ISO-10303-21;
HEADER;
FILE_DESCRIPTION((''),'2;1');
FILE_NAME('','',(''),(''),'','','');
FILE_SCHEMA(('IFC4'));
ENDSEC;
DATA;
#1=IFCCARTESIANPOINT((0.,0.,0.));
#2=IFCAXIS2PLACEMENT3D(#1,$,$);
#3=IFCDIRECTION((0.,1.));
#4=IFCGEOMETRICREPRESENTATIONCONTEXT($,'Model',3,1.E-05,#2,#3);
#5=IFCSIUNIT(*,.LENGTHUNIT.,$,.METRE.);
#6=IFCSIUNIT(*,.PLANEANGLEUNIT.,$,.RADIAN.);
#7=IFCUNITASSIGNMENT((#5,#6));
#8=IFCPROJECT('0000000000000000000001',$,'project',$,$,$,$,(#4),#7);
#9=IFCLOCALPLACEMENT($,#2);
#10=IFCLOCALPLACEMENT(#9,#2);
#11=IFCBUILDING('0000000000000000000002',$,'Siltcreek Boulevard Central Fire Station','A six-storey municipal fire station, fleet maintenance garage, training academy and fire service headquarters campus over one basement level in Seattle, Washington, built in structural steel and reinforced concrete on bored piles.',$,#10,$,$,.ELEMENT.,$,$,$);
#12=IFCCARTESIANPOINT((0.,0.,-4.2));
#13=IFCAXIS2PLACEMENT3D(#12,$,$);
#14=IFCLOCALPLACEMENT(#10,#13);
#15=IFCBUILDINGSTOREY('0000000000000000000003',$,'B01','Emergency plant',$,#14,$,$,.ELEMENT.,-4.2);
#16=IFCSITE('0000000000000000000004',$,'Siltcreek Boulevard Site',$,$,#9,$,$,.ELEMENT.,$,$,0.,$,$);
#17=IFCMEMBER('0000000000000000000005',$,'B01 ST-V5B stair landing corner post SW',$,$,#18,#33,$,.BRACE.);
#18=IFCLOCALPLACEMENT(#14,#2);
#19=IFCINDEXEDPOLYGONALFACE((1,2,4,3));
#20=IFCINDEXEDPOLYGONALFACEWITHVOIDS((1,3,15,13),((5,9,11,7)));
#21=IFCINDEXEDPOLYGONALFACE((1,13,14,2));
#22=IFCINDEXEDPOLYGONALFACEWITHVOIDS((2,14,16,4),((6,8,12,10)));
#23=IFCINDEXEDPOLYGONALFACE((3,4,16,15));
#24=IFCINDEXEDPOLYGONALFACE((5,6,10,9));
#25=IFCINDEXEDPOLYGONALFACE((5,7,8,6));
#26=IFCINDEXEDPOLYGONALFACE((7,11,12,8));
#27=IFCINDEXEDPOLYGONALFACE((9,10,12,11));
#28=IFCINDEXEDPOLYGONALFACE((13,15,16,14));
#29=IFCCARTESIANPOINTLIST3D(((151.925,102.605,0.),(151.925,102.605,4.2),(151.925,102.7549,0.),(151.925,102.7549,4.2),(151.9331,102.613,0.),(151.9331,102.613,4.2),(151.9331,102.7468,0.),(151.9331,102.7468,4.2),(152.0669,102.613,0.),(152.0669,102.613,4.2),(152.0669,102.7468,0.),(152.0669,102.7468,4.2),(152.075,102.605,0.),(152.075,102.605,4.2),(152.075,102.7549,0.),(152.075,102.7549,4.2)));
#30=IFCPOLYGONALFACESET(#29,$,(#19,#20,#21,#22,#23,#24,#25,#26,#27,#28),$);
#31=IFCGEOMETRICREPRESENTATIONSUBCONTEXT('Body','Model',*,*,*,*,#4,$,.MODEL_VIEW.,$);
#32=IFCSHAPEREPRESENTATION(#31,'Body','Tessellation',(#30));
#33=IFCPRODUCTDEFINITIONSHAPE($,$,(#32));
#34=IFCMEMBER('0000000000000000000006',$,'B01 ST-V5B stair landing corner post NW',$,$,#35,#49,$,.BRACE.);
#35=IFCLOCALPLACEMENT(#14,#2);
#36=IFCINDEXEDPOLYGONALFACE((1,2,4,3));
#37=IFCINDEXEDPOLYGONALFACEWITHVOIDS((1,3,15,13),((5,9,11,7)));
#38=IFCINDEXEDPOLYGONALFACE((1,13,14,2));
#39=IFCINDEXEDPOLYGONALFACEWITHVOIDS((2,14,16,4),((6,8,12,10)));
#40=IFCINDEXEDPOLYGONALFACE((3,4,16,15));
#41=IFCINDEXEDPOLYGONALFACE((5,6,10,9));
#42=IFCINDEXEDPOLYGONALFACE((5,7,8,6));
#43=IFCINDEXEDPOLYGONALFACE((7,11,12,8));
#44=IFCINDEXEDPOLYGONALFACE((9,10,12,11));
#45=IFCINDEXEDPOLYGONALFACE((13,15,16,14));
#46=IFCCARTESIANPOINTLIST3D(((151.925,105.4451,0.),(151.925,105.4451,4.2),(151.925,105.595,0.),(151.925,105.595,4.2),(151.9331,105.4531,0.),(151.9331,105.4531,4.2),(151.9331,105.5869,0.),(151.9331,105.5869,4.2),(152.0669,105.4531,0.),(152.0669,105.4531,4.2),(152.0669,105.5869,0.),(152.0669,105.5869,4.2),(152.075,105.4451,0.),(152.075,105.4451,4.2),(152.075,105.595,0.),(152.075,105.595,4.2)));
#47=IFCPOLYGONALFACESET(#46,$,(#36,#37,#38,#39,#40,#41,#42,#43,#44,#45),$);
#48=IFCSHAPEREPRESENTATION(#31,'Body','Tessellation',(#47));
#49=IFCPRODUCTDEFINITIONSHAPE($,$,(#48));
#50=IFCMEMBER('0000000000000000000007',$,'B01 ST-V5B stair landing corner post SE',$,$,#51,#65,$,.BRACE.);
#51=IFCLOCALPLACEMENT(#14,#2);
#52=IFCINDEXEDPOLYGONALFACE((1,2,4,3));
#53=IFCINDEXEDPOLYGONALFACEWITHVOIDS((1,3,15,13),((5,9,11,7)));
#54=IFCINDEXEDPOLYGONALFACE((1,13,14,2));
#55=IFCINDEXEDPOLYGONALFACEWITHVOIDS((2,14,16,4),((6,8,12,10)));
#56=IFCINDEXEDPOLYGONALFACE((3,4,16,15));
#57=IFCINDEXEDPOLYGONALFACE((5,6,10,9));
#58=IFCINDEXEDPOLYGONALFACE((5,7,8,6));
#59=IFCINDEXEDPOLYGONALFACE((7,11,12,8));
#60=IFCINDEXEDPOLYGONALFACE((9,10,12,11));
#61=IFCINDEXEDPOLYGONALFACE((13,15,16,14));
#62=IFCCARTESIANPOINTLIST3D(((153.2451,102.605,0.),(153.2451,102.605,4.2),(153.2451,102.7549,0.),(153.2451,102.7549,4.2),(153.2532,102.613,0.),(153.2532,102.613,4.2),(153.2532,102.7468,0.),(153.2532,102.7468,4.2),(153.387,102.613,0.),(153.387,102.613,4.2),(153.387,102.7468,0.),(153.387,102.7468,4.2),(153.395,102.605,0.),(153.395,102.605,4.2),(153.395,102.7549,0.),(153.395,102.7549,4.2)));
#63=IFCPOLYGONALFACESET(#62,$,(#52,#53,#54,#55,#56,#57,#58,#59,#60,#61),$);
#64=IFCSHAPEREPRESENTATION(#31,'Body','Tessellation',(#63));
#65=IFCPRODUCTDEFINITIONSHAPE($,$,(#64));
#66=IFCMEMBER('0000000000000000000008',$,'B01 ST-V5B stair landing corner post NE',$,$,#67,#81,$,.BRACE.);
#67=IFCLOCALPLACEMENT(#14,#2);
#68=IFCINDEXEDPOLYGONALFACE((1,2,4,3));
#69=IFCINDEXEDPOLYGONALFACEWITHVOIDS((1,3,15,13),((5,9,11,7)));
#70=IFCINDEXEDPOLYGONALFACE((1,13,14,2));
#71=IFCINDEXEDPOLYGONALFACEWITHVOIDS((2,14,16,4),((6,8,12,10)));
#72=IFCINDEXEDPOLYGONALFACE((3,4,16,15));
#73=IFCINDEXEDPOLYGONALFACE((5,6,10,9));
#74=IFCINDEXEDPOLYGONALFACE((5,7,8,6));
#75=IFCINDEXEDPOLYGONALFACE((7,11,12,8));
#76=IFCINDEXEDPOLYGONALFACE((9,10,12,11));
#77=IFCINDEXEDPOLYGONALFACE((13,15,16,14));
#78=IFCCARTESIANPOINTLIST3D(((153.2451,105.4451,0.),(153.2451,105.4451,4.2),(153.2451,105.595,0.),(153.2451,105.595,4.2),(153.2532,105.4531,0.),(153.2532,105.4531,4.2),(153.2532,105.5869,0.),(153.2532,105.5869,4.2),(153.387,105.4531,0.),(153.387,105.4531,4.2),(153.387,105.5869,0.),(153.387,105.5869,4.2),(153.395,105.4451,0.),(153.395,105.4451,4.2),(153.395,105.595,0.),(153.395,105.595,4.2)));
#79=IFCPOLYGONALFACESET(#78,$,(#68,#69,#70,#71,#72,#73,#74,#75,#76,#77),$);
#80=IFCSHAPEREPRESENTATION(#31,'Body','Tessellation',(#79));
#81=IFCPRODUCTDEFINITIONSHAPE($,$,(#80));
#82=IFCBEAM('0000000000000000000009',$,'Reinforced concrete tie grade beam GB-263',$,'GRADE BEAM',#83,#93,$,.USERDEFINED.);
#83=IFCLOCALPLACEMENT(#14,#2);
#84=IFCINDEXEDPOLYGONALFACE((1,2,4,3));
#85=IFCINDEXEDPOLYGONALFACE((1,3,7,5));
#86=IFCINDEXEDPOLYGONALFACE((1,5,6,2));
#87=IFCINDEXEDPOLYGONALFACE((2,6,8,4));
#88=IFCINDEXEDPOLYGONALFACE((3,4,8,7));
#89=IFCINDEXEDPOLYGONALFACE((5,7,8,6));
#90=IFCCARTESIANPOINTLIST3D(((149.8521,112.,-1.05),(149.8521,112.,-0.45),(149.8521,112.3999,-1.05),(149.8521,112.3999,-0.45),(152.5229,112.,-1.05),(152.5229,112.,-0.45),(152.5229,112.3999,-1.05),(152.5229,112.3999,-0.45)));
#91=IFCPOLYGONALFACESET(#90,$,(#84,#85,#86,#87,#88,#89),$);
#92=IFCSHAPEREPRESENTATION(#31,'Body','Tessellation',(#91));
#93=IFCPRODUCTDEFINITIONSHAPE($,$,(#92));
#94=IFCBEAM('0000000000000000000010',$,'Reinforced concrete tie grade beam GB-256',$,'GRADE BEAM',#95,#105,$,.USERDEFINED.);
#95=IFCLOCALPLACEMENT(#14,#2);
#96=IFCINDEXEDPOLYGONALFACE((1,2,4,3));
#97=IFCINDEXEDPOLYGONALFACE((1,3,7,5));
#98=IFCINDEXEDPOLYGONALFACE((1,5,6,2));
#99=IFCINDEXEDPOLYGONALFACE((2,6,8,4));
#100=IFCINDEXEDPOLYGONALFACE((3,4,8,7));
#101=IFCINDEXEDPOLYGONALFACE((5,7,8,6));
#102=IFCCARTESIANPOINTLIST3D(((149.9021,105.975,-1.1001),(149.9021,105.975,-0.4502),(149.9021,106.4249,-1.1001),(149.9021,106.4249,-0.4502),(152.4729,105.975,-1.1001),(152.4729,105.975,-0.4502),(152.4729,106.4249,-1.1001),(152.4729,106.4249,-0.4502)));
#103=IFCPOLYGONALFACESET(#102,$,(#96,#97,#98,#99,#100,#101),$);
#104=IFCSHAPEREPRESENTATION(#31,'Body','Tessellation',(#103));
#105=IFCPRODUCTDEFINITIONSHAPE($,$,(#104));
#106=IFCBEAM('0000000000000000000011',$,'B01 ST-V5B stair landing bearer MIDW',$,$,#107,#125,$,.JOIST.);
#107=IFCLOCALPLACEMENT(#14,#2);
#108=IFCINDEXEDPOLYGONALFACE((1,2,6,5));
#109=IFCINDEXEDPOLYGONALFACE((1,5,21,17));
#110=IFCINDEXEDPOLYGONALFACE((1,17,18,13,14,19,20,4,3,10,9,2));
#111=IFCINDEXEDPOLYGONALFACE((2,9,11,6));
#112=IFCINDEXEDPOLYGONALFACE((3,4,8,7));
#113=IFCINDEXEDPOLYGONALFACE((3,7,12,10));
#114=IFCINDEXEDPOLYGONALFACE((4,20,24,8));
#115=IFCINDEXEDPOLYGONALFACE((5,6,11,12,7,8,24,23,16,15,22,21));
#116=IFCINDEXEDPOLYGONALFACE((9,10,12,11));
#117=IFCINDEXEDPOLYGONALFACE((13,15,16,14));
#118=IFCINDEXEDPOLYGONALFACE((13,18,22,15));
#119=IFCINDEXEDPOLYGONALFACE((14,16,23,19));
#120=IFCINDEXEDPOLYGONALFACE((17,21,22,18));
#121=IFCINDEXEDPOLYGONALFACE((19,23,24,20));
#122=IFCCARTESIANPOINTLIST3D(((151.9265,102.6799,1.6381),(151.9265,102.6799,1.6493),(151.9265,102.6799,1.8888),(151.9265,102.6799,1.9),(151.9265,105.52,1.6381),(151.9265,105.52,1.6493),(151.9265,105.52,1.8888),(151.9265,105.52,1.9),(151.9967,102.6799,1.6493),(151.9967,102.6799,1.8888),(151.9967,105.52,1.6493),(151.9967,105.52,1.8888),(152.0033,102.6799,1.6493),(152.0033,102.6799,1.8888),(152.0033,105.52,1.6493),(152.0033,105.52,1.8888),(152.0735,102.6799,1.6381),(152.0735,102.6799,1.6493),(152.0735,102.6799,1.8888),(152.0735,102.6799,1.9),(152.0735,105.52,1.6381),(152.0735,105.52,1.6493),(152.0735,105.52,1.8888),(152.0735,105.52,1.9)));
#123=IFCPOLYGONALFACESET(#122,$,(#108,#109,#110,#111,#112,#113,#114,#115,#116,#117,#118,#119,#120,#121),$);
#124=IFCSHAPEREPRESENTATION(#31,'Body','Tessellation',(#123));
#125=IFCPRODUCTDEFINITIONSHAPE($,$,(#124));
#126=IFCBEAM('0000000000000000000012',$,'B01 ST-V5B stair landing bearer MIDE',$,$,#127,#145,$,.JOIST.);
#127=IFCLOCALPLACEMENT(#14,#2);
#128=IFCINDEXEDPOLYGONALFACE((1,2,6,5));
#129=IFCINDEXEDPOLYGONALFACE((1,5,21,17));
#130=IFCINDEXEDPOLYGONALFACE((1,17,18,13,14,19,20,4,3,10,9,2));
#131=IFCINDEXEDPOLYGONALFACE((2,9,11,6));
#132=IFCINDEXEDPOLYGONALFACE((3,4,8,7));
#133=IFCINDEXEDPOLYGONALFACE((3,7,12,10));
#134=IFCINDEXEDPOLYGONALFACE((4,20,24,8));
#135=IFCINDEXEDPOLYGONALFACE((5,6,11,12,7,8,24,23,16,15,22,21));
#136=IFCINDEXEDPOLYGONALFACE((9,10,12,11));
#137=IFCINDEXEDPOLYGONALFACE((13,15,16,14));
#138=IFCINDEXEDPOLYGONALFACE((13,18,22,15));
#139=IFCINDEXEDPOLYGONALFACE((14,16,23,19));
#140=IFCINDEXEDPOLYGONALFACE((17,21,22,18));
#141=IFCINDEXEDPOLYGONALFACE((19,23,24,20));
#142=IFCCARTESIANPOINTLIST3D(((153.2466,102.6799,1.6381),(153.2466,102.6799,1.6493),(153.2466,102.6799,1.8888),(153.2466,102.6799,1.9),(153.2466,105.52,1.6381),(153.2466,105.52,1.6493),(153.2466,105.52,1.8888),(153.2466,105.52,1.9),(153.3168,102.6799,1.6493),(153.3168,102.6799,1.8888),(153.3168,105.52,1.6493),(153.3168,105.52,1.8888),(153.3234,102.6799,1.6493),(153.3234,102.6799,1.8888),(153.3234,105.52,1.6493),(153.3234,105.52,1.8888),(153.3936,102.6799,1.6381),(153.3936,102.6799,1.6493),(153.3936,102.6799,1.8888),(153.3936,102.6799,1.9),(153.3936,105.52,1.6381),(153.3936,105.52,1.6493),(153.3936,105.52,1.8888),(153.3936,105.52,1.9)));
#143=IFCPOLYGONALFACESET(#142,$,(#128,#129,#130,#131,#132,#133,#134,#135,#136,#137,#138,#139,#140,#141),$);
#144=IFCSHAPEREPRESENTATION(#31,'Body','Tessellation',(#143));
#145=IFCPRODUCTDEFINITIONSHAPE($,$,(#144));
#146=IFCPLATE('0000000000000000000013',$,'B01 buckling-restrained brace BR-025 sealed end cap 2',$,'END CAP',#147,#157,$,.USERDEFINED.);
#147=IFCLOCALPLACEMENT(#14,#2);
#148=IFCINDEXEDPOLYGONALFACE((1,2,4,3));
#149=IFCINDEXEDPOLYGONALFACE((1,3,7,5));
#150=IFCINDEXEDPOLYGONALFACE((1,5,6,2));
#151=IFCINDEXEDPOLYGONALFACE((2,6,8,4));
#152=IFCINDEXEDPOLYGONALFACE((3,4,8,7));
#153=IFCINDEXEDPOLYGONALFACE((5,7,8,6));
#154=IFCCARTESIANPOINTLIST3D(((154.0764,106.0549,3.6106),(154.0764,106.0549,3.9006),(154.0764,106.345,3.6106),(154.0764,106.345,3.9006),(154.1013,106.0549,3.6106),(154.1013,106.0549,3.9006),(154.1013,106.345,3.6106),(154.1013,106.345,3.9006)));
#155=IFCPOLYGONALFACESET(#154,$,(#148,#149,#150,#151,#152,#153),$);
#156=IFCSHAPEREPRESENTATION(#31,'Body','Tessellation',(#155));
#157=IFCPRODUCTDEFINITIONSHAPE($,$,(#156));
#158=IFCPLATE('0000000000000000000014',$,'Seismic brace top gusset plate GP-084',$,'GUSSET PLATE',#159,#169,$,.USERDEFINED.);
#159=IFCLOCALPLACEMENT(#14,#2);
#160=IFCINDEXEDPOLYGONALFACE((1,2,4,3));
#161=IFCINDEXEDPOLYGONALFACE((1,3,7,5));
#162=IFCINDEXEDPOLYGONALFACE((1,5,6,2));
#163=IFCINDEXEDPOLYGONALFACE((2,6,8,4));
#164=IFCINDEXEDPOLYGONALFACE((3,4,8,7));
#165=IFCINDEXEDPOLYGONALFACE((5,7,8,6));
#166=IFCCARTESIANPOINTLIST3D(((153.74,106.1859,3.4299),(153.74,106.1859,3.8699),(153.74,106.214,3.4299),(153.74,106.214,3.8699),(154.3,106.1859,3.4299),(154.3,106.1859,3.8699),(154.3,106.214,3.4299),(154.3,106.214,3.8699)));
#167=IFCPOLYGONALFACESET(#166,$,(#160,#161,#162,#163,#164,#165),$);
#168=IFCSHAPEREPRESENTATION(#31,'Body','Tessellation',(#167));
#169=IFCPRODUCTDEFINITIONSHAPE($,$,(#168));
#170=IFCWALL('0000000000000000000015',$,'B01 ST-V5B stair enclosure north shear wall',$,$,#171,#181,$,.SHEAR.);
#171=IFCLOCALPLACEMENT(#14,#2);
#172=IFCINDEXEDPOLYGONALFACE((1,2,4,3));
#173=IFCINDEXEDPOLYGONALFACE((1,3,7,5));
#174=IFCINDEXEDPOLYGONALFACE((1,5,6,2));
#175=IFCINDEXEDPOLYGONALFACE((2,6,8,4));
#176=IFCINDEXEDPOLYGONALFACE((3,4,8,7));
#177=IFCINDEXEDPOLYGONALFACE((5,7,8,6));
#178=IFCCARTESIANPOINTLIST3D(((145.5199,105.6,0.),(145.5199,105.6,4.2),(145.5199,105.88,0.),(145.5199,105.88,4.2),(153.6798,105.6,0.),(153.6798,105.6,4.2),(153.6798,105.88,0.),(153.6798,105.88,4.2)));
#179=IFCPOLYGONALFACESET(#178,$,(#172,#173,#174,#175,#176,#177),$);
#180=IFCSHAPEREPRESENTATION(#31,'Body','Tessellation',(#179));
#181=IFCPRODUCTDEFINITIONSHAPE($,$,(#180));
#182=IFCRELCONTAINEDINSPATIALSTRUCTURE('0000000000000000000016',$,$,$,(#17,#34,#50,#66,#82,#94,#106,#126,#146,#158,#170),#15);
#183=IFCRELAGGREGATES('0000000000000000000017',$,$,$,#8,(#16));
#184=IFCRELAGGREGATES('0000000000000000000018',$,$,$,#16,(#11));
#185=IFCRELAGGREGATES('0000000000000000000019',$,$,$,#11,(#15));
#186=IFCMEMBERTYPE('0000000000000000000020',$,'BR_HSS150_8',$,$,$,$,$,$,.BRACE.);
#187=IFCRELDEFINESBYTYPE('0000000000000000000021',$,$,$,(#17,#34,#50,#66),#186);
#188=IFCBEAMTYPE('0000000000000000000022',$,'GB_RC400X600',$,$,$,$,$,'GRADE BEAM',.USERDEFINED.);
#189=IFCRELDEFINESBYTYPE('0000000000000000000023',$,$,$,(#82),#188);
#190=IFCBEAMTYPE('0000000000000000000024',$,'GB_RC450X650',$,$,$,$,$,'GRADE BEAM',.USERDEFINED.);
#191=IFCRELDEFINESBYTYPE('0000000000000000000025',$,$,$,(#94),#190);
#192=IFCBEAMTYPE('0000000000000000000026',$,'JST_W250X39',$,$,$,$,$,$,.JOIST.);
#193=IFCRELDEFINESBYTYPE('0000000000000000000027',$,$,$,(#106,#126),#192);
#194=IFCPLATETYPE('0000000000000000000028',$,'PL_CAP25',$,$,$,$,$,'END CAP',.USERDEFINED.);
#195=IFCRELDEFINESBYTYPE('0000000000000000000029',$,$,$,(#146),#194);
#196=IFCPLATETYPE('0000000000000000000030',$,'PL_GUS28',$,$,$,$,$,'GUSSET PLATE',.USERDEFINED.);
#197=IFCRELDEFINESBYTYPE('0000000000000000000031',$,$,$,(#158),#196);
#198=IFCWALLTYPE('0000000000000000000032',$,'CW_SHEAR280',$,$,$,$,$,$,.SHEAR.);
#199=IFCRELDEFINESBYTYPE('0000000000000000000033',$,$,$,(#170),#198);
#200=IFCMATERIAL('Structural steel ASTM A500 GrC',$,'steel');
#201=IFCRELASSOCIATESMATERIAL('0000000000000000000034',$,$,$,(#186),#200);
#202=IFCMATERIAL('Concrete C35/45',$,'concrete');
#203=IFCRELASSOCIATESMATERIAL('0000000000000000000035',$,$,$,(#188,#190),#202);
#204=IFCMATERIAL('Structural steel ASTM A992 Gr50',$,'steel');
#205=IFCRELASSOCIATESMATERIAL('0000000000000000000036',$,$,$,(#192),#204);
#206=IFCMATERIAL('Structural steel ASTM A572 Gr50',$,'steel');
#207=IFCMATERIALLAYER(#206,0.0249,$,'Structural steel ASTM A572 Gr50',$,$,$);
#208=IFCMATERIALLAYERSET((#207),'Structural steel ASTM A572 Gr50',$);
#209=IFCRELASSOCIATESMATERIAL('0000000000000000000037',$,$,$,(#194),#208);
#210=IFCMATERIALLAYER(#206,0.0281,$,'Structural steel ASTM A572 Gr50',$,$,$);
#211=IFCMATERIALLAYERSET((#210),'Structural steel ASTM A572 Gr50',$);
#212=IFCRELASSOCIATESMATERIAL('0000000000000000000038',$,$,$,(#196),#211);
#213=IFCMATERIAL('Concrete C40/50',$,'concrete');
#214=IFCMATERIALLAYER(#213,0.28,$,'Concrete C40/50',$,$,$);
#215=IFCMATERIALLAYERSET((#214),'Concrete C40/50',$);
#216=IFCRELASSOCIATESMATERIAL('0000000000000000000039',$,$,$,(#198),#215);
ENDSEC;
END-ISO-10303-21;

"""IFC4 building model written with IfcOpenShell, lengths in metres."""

from ifc_helpers import new_model, si_unit, direction, frame, frame_2d, origin, origin_2d, place, context, subcontext, project, spatial, rectangle, hollow_rectangle, i_section, extrude, material, layer, layer_set, material_profile, profile_set, type_object, element, save


model = new_model("IFC4")

# Units and contexts
model_context = context("Model", 3, precision=1e-05, world=origin(), true_north=direction((0.0, 1.0)))
body_context = subcontext(model_context, "Body", "Model", "MODEL_VIEW")
ifc_project = project(units=[si_unit("LENGTHUNIT", "METRE"), si_unit("PLANEANGLEUNIT", "RADIAN")], contexts=[model_context])

# Site, building, storey
site_placement = place(None, origin())
site = spatial("IfcSite", under=ifc_project, at=site_placement, Name="Siltcreek Boulevard Site", CompositionType="ELEMENT", RefElevation=0.0)
building_placement = place(site_placement, origin())
building = spatial("IfcBuilding", under=site, at=building_placement, Name="Siltcreek Boulevard Central Fire Station", Description="A six-storey municipal fire station, fleet maintenance garage, training academy and fire service headquarters campus over one basement level in Seattle, Washington, built in structural steel and reinforced concrete on bored piles.", CompositionType="ELEMENT")
storey_placement = place(building_placement, frame((0.0, 0.0, -4.2)))
storey = spatial("IfcBuildingStorey", under=building, at=storey_placement, Name="B01", Description="Emergency plant", CompositionType="ELEMENT", Elevation=-4.2)

# Shared definitions
ifc_material_1 = material(Name="Concrete C35/45", Category="concrete")

# Members
ifc_material_2 = material(Name="Structural steel ASTM A500 GrC", Category="steel")
ifc_material_profile_1 = material_profile(ifc_material_2, hollow_rectangle(XDim=0.1499, YDim=0.1499, WallThickness=0.0081, at=origin_2d()), Name="HSS150X150X8.0")
ifc_profile_set_1 = profile_set([ifc_material_profile_1], Name="Structural steel ASTM A500 GrC")
member_type = type_object("IfcMemberType", Name="BR_HSS150_8", PredefinedType="BRACE", material=ifc_profile_set_1)
for number, where, z_axis, x_axis, name in (
    (1, (152.0, 102.6799, 0.0), (0.0, 0.0, 1.0), (1.0, 0.0, 0.0), "B01 ST-V5B stair landing corner post SW"),
    (2, (152.0, 105.52, 0.0), (0.0, 0.0, 1.0), (1.0, 0.0, 0.0), "B01 ST-V5B stair landing corner post NW"),
    (3, (153.3201, 102.6799, 0.0), (0.0, 0.0, 1.0), (1.0, 0.0, 0.0), "B01 ST-V5B stair landing corner post SE"),
    (4, (153.3201, 105.52, 0.0), (0.0, 0.0, 1.0), (1.0, 0.0, 0.0), "B01 ST-V5B stair landing corner post NE"),
):
    element("IfcMember", number, at=place(storey_placement, frame(where, z_axis=z_axis, x_axis=x_axis)), inside=storey, type_object=member_type, Name=name, PredefinedType="BRACE", context=body_context, shape_type="SweptSolid", body=[
        extrude(hollow_rectangle(XDim=0.1499, YDim=0.1499, WallThickness=0.0081, at=origin_2d()), origin(), (0.0, 0.0, 1.0), 4.2),
    ])

# Beams
ifc_material_profile_2 = material_profile(ifc_material_1, rectangle(XDim=0.3999, YDim=0.6001, at=origin_2d()), Name="RC400X600")
ifc_profile_set_2 = profile_set([ifc_material_profile_2], Name="Concrete C35/45")
beam_type_1 = type_object("IfcBeamType", Name="GB_RC400X600", ElementType="GRADE BEAM", PredefinedType="USERDEFINED", material=ifc_profile_set_2)
beam_1_placement = place(storey_placement, frame((149.8521, 112.2, -0.75), z_axis=(1.0, 0.0, 0.0), x_axis=(0.0, 1.0, 0.0)))
element("IfcBeam", 5, at=beam_1_placement, inside=storey, type_object=beam_type_1, Name="Reinforced concrete tie grade beam GB-263", ObjectType="GRADE BEAM", PredefinedType="USERDEFINED", context=body_context, shape_type="SweptSolid", body=[
    extrude(rectangle(XDim=0.3999, YDim=0.6001, at=origin_2d()), origin(), (0.0, 0.0, 1.0), 2.6709),
])
ifc_material_profile_3 = material_profile(ifc_material_1, rectangle(XDim=0.45, YDim=0.6499, at=origin_2d()), Name="RC450X650")
ifc_profile_set_3 = profile_set([ifc_material_profile_3], Name="Concrete C35/45")
beam_type_2 = type_object("IfcBeamType", Name="GB_RC450X650", ElementType="GRADE BEAM", PredefinedType="USERDEFINED", material=ifc_profile_set_3)
beam_2_placement = place(storey_placement, frame((149.9021, 106.2, -0.7751), z_axis=(1.0, 0.0, 0.0), x_axis=(0.0, 1.0, 0.0)))
element("IfcBeam", 6, at=beam_2_placement, inside=storey, type_object=beam_type_2, Name="Reinforced concrete tie grade beam GB-256", ObjectType="GRADE BEAM", PredefinedType="USERDEFINED", context=body_context, shape_type="SweptSolid", body=[
    extrude(rectangle(XDim=0.45, YDim=0.6499, at=origin_2d()), origin(), (0.0, 0.0, 1.0), 2.5708),
])
ifc_material_3 = material(Name="Structural steel ASTM A992 Gr50", Category="steel")
ifc_material_profile_4 = material_profile(ifc_material_3, i_section(OverallWidth=0.147, OverallDepth=0.262, WebThickness=0.0066, FlangeThickness=0.0112, at=origin_2d()), Name="W250X39")
ifc_profile_set_4 = profile_set([ifc_material_profile_4], Name="Structural steel ASTM A992 Gr50")
beam_type_3 = type_object("IfcBeamType", Name="JST_W250X39", PredefinedType="JOIST", material=ifc_profile_set_4)
for number, where, z_axis, x_axis, name in (
    (7, (152.0, 102.6799, 1.769), (0.0, 1.0, 0.0), (-1.0, 0.0, 0.0), "B01 ST-V5B stair landing bearer MIDW"),
    (8, (153.3201, 102.6799, 1.769), (0.0, 1.0, 0.0), (-1.0, 0.0, 0.0), "B01 ST-V5B stair landing bearer MIDE"),
):
    element("IfcBeam", number, at=place(storey_placement, frame(where, z_axis=z_axis, x_axis=x_axis)), inside=storey, type_object=beam_type_3, Name=name, PredefinedType="JOIST", context=body_context, shape_type="SweptSolid", body=[
        extrude(i_section(OverallWidth=0.147, OverallDepth=0.262, WebThickness=0.0066, FlangeThickness=0.0112, at=origin_2d()), origin(), (0.0, 0.0, 1.0), 2.8401),
    ])

# Plates
ifc_material_4 = material(Name="Structural steel ASTM A572 Gr50", Category="steel")
ifc_layer_1 = layer(ifc_material_4, 0.0249, Name="Structural steel ASTM A572 Gr50")
ifc_layer_set_1 = layer_set([ifc_layer_1], Name="Structural steel ASTM A572 Gr50")
plate_type_1 = type_object("IfcPlateType", Name="PL_CAP25", ElementType="END CAP", PredefinedType="USERDEFINED", material=ifc_layer_set_1)
plate_1_placement = place(storey_placement, frame((154.0889, 106.2, 3.6106), z_axis=(0.0, 0.0, 1.0), x_axis=(1.0, 0.0, 0.0)))
element("IfcPlate", 9, at=plate_1_placement, inside=storey, type_object=plate_type_1, Name="B01 buckling-restrained brace BR-025 sealed end cap 2", ObjectType="END CAP", PredefinedType="USERDEFINED", context=body_context, shape_type="SweptSolid", body=[
    extrude(rectangle(XDim=0.0249, YDim=0.29, at=origin_2d()), origin(), (0.0, 0.0, 1.0), 0.29),
])
ifc_layer_2 = layer(ifc_material_4, 0.0281, Name="Structural steel ASTM A572 Gr50")
ifc_layer_set_2 = layer_set([ifc_layer_2], Name="Structural steel ASTM A572 Gr50")
plate_type_2 = type_object("IfcPlateType", Name="PL_GUS28", ElementType="GUSSET PLATE", PredefinedType="USERDEFINED", material=ifc_layer_set_2)
plate_2_placement = place(storey_placement, frame((154.02, 106.2, 3.4299), z_axis=(0.0, 0.0, 1.0), x_axis=(1.0, 0.0, 0.0)))
element("IfcPlate", 10, at=plate_2_placement, inside=storey, type_object=plate_type_2, Name="Seismic brace top gusset plate GP-084", ObjectType="GUSSET PLATE", PredefinedType="USERDEFINED", context=body_context, shape_type="SweptSolid", body=[
    extrude(rectangle(XDim=0.5601, YDim=0.0281, at=origin_2d()), origin(), (0.0, 0.0, 1.0), 0.4399),
])

# Wall
ifc_material_5 = material(Name="Concrete C40/50", Category="concrete")
ifc_layer_3 = layer(ifc_material_5, 0.28, Name="Concrete C40/50")
ifc_layer_set_3 = layer_set([ifc_layer_3], Name="Concrete C40/50")
wall_type_1 = type_object("IfcWallType", Name="CW_SHEAR280", PredefinedType="SHEAR", material=ifc_layer_set_3)
wall_1_placement = place(storey_placement, frame((153.6799, 105.74, 0.0), z_axis=(0.0, 0.0, 1.0), x_axis=(-1.0, 0.0, 0.0)))
element("IfcWall", 11, at=wall_1_placement, inside=storey, type_object=wall_type_1, Name="B01 ST-V5B stair enclosure north shear wall", PredefinedType="SHEAR", context=body_context, shape_type="SweptSolid", body=[
    extrude(rectangle(XDim=8.1599, YDim=0.28, at=frame_2d((4.0801, 0.0))), origin(), (0.0, 0.0, 1.0), 4.2),
])

save(model, "model.ifc")
